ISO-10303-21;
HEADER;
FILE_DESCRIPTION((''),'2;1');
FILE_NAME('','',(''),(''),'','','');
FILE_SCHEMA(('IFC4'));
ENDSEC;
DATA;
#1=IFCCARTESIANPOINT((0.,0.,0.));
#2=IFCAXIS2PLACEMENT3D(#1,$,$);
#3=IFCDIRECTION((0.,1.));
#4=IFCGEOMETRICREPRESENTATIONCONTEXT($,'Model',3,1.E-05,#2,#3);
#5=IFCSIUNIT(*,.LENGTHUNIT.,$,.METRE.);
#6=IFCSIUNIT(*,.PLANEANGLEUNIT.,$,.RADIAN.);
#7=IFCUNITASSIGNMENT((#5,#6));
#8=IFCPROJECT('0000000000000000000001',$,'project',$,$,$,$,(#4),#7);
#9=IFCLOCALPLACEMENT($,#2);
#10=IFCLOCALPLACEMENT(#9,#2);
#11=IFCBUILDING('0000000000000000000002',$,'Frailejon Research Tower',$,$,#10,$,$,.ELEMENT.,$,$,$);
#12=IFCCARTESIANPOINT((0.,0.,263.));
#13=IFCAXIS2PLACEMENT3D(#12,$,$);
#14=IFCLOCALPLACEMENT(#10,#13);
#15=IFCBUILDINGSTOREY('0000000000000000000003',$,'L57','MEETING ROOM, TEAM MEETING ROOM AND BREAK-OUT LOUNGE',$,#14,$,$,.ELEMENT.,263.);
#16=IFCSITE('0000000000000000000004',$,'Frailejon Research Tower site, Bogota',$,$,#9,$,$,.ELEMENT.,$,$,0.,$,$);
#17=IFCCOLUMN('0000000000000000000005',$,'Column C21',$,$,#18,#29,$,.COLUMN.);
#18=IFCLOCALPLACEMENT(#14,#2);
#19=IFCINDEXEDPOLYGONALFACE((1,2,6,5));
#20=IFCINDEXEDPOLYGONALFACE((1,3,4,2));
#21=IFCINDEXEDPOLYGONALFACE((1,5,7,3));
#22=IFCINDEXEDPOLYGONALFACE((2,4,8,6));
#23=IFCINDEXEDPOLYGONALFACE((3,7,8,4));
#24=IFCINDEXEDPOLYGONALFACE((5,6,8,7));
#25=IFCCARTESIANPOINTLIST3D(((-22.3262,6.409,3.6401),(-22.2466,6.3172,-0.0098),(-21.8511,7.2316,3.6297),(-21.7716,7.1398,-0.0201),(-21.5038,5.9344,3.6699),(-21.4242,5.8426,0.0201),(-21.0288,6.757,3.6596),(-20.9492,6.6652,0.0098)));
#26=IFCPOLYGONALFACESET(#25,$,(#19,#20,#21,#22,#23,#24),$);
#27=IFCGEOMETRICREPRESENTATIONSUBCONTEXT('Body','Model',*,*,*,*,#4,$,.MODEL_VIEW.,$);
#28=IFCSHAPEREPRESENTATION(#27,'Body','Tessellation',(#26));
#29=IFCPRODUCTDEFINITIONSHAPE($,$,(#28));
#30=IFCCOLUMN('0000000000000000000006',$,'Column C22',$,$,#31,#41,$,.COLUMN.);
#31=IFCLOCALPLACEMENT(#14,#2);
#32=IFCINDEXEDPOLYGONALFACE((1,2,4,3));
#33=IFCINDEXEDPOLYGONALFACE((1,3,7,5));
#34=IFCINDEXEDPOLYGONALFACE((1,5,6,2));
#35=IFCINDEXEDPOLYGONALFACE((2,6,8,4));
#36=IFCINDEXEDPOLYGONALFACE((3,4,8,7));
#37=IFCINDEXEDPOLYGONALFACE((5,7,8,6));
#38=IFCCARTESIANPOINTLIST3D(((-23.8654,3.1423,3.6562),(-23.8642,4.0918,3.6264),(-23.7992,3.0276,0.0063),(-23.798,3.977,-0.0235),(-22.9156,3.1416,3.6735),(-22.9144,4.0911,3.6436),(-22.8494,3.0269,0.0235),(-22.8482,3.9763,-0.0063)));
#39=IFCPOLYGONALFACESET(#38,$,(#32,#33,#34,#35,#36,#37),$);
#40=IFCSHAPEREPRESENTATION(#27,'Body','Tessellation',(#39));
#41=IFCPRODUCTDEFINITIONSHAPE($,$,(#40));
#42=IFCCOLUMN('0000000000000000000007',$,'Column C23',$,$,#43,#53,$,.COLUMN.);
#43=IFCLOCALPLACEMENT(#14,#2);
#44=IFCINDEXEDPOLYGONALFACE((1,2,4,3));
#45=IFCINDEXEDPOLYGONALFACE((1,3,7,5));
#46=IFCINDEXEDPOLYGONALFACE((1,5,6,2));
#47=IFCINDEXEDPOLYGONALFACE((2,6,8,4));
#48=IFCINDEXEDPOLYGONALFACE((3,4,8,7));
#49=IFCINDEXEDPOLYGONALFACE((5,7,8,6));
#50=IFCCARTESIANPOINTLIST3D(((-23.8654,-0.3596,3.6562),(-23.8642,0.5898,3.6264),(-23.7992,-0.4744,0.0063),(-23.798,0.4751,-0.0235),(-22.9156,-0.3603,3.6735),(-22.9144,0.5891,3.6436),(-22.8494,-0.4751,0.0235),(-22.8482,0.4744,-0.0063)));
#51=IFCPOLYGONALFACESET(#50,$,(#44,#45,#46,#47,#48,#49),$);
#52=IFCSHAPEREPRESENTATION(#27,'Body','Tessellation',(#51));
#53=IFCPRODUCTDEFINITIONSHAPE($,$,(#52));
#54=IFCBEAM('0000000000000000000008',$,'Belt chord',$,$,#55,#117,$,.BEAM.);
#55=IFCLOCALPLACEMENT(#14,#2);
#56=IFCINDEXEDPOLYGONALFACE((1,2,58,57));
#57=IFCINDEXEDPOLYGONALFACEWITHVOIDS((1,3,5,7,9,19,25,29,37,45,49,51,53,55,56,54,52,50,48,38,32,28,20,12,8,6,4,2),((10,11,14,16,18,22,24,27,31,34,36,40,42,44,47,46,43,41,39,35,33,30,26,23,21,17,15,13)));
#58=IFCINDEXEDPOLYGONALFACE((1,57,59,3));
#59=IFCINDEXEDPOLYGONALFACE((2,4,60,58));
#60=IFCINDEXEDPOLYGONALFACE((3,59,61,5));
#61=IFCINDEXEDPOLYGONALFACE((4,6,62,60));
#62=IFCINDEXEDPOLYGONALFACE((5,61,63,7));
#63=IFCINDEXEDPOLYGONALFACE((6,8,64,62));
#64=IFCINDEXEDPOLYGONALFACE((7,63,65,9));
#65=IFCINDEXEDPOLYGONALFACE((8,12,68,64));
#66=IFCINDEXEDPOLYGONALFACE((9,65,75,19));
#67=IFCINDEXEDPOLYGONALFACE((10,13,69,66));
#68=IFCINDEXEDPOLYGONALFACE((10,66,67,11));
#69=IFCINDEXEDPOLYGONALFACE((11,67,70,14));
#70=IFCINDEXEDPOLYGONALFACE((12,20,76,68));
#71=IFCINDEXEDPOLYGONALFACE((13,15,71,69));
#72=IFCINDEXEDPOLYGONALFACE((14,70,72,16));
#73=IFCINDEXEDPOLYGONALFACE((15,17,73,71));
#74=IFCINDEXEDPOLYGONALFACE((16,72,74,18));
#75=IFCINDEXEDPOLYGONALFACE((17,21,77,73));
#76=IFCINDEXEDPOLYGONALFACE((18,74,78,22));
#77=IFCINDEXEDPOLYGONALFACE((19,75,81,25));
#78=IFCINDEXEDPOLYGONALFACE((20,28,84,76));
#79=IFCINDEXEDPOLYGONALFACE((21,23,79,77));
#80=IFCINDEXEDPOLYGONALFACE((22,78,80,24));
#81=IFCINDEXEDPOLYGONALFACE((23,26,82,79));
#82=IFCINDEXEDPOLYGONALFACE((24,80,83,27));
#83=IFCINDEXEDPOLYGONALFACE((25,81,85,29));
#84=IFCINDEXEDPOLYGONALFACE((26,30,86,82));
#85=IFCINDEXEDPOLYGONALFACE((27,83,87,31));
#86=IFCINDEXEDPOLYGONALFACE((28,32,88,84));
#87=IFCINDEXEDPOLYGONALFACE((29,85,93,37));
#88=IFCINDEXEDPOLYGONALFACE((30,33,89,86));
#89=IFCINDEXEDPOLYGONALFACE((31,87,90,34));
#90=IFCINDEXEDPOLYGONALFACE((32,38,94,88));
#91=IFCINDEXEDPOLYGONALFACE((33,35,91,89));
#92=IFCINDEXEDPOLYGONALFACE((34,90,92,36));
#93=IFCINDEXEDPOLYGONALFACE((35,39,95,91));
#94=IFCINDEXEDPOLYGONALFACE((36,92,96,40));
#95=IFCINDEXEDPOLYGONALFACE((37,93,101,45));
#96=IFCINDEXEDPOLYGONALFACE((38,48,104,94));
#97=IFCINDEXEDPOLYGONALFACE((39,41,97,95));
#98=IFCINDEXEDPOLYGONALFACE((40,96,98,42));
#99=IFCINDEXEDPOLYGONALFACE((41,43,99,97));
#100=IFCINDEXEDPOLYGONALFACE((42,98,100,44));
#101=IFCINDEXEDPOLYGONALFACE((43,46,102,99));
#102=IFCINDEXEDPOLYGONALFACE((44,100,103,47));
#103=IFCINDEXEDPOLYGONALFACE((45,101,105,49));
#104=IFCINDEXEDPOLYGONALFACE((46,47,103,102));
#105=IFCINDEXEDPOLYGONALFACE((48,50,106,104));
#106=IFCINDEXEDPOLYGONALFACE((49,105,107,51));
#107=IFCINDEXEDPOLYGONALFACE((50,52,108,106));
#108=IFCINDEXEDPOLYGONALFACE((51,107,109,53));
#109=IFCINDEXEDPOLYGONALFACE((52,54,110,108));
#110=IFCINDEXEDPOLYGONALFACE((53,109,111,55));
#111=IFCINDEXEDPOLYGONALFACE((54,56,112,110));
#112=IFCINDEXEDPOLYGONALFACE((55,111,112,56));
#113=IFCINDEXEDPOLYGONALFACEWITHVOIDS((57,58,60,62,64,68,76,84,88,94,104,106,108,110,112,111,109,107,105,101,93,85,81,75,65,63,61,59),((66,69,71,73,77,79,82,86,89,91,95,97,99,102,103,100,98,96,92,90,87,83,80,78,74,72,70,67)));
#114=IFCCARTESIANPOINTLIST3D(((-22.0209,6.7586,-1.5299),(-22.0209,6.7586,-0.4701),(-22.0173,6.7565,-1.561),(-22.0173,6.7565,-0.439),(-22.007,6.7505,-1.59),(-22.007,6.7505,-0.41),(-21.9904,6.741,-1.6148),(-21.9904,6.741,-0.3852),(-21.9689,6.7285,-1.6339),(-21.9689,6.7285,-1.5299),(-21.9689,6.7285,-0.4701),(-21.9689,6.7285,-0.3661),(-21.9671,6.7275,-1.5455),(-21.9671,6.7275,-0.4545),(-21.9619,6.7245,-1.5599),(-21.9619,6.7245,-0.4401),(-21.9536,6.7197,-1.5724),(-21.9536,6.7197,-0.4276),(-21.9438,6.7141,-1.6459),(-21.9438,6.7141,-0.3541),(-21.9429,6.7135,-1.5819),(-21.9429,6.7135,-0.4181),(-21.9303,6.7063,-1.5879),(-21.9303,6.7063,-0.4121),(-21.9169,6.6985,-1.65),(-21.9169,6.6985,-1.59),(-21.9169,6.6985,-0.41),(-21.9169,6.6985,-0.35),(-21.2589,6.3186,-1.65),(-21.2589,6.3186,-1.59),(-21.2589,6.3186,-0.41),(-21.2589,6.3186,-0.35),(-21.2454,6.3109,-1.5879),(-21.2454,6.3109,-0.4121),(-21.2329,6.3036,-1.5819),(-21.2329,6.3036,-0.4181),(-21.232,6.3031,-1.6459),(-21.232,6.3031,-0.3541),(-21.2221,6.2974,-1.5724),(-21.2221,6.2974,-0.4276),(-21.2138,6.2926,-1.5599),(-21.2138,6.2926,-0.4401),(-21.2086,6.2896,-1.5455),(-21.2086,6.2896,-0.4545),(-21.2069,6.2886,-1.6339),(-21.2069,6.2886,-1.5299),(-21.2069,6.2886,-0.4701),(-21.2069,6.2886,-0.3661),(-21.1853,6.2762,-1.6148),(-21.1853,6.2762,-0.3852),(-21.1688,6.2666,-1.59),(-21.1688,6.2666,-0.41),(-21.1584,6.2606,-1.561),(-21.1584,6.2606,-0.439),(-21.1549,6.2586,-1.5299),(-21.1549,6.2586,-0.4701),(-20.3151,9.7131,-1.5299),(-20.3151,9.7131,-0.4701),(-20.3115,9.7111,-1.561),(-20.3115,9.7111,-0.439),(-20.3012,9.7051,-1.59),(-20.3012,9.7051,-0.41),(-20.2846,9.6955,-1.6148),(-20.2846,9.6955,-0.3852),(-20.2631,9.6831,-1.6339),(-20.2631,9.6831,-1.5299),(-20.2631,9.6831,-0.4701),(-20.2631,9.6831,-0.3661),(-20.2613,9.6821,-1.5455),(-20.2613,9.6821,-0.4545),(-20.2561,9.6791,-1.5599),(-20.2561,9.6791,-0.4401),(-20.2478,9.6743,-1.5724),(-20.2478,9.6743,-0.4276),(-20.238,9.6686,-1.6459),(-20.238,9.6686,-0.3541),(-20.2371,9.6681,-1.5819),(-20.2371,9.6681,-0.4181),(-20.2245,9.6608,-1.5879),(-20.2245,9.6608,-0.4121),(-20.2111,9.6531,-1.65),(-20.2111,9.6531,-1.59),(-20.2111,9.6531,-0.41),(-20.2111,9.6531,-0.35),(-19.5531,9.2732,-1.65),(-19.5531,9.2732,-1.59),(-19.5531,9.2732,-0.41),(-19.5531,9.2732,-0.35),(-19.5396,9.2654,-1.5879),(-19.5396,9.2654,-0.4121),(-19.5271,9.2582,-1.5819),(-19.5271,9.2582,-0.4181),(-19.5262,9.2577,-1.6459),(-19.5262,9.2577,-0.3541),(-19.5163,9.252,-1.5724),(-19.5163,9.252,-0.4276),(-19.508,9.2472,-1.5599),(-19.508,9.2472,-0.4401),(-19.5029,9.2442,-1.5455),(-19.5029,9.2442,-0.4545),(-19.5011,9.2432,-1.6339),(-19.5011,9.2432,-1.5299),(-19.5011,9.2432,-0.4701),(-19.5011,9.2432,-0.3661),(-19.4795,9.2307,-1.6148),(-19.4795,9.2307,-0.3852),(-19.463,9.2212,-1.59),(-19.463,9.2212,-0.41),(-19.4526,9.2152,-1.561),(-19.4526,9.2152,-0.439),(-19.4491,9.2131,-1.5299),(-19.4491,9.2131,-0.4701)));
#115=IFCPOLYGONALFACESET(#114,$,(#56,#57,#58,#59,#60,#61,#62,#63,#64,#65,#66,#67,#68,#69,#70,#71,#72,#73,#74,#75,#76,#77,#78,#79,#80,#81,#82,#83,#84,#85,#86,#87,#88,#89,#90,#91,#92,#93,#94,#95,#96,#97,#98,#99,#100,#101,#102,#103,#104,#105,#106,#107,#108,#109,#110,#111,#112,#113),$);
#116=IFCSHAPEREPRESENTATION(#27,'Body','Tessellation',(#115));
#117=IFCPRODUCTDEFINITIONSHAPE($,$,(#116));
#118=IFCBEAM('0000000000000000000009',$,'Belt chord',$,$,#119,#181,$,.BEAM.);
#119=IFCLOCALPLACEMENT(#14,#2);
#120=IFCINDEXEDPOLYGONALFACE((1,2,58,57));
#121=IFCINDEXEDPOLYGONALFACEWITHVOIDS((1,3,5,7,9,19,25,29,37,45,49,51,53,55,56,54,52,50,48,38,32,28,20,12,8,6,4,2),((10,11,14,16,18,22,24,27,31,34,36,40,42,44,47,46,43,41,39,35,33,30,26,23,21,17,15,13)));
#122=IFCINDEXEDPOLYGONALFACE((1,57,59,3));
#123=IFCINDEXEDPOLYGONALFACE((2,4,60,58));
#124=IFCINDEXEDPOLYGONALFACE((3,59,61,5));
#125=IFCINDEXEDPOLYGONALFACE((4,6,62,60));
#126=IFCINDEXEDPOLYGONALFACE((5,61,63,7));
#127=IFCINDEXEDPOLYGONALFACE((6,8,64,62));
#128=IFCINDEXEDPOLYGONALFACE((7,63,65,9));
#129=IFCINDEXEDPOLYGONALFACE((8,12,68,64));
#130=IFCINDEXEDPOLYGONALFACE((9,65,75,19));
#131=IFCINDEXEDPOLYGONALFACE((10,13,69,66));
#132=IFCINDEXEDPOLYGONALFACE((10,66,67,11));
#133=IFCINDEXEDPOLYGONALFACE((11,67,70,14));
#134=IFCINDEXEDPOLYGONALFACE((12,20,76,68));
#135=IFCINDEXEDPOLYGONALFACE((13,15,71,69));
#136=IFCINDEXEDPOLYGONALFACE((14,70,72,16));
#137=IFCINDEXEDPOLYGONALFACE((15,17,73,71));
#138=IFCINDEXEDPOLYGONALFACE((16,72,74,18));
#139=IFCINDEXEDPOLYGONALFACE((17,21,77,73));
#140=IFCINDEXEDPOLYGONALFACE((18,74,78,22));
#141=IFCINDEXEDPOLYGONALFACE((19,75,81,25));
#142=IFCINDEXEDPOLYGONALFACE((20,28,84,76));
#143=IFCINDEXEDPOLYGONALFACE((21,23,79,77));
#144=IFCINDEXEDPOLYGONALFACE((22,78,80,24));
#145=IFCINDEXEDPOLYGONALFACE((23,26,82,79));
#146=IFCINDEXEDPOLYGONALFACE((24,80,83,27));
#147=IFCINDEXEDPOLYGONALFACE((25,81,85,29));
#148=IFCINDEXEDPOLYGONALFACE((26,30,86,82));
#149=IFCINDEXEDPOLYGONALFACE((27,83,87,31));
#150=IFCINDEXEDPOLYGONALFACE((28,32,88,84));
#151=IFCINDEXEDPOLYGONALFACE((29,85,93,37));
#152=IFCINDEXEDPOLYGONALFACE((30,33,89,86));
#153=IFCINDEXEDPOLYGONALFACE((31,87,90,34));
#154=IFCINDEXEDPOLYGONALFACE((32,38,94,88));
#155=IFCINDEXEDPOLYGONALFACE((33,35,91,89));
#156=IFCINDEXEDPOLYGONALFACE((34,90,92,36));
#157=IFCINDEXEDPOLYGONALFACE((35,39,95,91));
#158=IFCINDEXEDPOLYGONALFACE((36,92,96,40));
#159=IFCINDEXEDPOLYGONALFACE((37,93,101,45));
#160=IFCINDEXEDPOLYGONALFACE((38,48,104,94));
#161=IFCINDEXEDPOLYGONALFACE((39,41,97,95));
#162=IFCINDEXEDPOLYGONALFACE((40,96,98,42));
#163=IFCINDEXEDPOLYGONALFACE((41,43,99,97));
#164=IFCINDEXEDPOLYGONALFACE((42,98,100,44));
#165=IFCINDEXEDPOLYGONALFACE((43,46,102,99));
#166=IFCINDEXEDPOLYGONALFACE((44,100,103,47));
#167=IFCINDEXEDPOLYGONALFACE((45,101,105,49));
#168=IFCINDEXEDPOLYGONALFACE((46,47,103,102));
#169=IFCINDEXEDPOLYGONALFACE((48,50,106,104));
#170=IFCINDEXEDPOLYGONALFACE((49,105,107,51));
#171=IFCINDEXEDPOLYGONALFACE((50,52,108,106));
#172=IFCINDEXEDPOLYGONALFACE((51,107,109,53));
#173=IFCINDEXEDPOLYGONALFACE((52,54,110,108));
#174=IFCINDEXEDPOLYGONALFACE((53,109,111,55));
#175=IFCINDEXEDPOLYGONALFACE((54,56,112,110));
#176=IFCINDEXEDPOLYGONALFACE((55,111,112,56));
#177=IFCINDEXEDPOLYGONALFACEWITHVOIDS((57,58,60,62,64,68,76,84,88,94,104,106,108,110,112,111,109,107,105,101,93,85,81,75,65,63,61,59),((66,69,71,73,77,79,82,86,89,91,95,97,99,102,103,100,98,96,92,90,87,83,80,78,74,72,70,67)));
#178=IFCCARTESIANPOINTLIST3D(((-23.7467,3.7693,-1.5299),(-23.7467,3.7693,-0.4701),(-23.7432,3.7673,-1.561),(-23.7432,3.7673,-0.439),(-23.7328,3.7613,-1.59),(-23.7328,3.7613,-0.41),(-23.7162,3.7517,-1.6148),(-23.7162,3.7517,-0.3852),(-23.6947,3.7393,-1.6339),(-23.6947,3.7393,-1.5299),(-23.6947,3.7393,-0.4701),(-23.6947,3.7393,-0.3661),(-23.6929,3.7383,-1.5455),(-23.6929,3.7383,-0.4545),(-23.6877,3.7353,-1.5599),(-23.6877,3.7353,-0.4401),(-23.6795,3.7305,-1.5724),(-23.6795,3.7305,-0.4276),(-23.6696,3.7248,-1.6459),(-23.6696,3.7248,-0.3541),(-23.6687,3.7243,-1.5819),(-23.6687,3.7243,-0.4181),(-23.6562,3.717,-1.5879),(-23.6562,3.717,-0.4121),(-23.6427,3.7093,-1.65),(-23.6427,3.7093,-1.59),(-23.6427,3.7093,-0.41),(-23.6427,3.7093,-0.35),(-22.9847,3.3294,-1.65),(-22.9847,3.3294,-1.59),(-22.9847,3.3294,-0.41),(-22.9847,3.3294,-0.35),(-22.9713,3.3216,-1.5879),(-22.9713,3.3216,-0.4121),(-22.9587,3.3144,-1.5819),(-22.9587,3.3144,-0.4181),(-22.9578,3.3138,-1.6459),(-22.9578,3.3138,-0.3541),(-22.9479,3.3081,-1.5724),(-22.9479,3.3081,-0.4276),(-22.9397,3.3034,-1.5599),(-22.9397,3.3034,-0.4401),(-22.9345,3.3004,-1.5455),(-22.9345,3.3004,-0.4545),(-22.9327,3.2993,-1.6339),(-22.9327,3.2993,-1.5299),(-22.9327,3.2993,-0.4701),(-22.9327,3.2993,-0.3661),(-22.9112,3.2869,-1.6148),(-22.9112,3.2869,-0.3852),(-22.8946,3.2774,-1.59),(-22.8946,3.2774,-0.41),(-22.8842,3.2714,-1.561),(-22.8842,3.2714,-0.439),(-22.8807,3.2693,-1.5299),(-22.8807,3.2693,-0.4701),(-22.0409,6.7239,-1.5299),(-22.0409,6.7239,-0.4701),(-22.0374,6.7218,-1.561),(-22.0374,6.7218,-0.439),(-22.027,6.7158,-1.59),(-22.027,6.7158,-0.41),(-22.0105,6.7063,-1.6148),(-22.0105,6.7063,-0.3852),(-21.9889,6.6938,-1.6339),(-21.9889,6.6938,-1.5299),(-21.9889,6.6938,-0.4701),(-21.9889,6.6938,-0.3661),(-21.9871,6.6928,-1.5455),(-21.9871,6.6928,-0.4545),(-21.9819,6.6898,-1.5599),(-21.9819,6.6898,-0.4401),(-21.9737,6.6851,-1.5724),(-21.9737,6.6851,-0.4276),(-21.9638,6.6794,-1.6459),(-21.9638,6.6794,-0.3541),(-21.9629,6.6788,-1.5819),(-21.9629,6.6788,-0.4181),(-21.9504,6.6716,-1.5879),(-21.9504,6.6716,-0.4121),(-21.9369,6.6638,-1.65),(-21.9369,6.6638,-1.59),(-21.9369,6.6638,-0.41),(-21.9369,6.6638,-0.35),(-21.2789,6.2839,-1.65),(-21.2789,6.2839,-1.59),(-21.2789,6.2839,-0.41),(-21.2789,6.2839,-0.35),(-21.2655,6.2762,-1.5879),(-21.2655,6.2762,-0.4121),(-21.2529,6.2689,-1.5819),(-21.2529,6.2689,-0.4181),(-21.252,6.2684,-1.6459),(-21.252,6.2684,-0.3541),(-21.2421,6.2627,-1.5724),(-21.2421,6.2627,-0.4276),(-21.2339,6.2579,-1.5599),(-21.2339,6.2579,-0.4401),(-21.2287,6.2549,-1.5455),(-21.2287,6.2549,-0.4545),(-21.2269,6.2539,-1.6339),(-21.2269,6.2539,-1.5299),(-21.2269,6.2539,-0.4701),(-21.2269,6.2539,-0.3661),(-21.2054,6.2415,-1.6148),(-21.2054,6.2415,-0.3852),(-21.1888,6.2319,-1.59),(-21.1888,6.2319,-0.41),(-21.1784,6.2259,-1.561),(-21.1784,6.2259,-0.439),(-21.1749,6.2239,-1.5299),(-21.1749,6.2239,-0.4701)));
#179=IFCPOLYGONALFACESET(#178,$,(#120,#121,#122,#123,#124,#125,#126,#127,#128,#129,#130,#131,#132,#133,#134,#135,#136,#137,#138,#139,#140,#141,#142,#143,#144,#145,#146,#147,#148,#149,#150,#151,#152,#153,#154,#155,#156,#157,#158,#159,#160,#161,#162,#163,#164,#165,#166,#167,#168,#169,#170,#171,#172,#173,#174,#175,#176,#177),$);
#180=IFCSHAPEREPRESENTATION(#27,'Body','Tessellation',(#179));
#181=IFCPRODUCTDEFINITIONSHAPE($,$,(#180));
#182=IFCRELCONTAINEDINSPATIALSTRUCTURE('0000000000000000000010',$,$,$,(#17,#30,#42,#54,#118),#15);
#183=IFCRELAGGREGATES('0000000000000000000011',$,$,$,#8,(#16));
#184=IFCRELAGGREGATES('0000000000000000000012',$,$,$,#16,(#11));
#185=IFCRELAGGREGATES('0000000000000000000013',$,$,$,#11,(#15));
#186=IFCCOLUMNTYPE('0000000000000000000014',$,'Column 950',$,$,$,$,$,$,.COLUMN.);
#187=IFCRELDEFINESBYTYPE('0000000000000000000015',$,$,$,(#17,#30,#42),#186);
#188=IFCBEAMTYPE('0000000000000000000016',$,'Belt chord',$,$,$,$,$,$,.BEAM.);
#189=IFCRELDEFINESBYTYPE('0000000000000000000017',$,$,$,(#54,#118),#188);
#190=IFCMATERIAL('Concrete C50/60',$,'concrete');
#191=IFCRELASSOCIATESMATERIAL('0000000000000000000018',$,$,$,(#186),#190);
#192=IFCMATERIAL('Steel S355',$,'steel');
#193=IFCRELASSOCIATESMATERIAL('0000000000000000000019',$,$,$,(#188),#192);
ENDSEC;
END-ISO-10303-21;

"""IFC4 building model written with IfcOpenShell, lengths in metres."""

from ifc_helpers import new_model, si_unit, direction, frame, origin, origin_2d, place, context, subcontext, project, spatial, rectangle, hollow_rectangle, extrude, material, material_profile, profile_set, type_object, element, save


model = new_model("IFC4")

# Units and contexts
model_context = context("Model", 3, precision=1e-05, world=origin(), true_north=direction((0.0, 1.0)))
body_context = subcontext(model_context, "Body", "Model", "MODEL_VIEW")
ifc_project = project(units=[si_unit("LENGTHUNIT", "METRE"), si_unit("PLANEANGLEUNIT", "RADIAN")], contexts=[model_context])

# Site, building, storey
site_placement = place(None, origin())
site = spatial("IfcSite", under=ifc_project, at=site_placement, Name="Frailejon Research Tower site, Bogota", CompositionType="ELEMENT", RefElevation=0.0)
building_placement = place(site_placement, origin())
building = spatial("IfcBuilding", under=site, at=building_placement, Name="Frailejon Research Tower", CompositionType="ELEMENT")
storey_placement = place(building_placement, frame((0.0, 0.0, 263.0)))
storey = spatial("IfcBuildingStorey", under=building, at=storey_placement, Name="L57", Description="MEETING ROOM, TEAM MEETING ROOM AND BREAK-OUT LOUNGE", CompositionType="ELEMENT", Elevation=263.0)

# Columns
ifc_material_1 = material(Name="Concrete C50/60", Category="concrete")
ifc_material_profile_1 = material_profile(ifc_material_1, rectangle(XDim=0.95, YDim=0.95, at=origin_2d()), Name="Column 950")
ifc_profile_set_1 = profile_set([ifc_material_profile_1], Name="Concrete C50/60")
column_type = type_object("IfcColumnType", Name="Column 950", PredefinedType="COLUMN", material=ifc_profile_set_1)
column_placement = place(storey_placement, frame((-21.5979, 6.4912, 0.0), z_axis=(-0.021794, 0.025137, 0.999446), x_axis=(-0.500092, -0.865904, 0.010873)))
element("IfcColumn", 1, at=column_placement, inside=storey, type_object=column_type, Name="Column C21", PredefinedType="COLUMN", context=body_context, shape_type="SweptSolid", body=[
    extrude(rectangle(XDim=0.95, YDim=0.95, at=origin_2d()), origin(), (0.0, 0.0, 1.0), 3.6519),
])
for number, where, z_axis, x_axis, name in (
    (2, (-23.3237, 3.502, 0.0), (-0.018115, 0.031417, 0.999342), (-0.001297, -0.999506, 0.031399), "Column C22"),
    (3, (-23.3237, 0.0, 0.0), (-0.018115, 0.031417, 0.999342), (-0.001297, -0.999506, 0.031399), "Column C23"),
):
    element("IfcColumn", number, at=place(storey_placement, frame(where, z_axis=z_axis, x_axis=x_axis)), inside=storey, type_object=column_type, Name=name, PredefinedType="COLUMN", context=body_context, shape_type="SweptSolid", body=[
        extrude(rectangle(XDim=0.95, YDim=0.95, at=origin_2d()), origin(), (0.0, 0.0, 1.0), 3.6523),
    ])

# Beams
ifc_material_2 = material(Name="Steel S355", Category="steel")
ifc_material_profile_2 = material_profile(ifc_material_2, hollow_rectangle(XDim=1.0, YDim=1.3, WallThickness=0.0601, InnerFilletRadius=0.0601, OuterFilletRadius=0.1201, at=origin_2d()), Name="Belt chord")
ifc_profile_set_2 = profile_set([ifc_material_profile_2], Name="Steel S355")
beam_type_1 = type_object("IfcBeamType", Name="Belt chord", PredefinedType="BEAM", material=ifc_profile_set_2)
for number, where, z_axis, x_axis, name in (
    (4, (-19.8821, 9.4631, -1.0), (-0.499995, -0.866028, 0.0), (0.866028, -0.499995, 0.0), "Belt chord"),
    (5, (-21.6079, 6.4739, -1.0), (-0.499995, -0.866028, 0.0), (0.866028, -0.499995, 0.0), "Belt chord"),
):
    element("IfcBeam", number, at=place(storey_placement, frame(where, z_axis=z_axis, x_axis=x_axis)), inside=storey, type_object=beam_type_1, Name=name, PredefinedType="BEAM", context=body_context, shape_type="SweptSolid", body=[
        extrude(hollow_rectangle(XDim=1.0, YDim=1.3, WallThickness=0.0601, InnerFilletRadius=0.0601, OuterFilletRadius=0.1201, at=origin_2d()), origin(), (0.0, 0.0, 1.0), 3.4116),
    ])

save(model, "model.ifc")
